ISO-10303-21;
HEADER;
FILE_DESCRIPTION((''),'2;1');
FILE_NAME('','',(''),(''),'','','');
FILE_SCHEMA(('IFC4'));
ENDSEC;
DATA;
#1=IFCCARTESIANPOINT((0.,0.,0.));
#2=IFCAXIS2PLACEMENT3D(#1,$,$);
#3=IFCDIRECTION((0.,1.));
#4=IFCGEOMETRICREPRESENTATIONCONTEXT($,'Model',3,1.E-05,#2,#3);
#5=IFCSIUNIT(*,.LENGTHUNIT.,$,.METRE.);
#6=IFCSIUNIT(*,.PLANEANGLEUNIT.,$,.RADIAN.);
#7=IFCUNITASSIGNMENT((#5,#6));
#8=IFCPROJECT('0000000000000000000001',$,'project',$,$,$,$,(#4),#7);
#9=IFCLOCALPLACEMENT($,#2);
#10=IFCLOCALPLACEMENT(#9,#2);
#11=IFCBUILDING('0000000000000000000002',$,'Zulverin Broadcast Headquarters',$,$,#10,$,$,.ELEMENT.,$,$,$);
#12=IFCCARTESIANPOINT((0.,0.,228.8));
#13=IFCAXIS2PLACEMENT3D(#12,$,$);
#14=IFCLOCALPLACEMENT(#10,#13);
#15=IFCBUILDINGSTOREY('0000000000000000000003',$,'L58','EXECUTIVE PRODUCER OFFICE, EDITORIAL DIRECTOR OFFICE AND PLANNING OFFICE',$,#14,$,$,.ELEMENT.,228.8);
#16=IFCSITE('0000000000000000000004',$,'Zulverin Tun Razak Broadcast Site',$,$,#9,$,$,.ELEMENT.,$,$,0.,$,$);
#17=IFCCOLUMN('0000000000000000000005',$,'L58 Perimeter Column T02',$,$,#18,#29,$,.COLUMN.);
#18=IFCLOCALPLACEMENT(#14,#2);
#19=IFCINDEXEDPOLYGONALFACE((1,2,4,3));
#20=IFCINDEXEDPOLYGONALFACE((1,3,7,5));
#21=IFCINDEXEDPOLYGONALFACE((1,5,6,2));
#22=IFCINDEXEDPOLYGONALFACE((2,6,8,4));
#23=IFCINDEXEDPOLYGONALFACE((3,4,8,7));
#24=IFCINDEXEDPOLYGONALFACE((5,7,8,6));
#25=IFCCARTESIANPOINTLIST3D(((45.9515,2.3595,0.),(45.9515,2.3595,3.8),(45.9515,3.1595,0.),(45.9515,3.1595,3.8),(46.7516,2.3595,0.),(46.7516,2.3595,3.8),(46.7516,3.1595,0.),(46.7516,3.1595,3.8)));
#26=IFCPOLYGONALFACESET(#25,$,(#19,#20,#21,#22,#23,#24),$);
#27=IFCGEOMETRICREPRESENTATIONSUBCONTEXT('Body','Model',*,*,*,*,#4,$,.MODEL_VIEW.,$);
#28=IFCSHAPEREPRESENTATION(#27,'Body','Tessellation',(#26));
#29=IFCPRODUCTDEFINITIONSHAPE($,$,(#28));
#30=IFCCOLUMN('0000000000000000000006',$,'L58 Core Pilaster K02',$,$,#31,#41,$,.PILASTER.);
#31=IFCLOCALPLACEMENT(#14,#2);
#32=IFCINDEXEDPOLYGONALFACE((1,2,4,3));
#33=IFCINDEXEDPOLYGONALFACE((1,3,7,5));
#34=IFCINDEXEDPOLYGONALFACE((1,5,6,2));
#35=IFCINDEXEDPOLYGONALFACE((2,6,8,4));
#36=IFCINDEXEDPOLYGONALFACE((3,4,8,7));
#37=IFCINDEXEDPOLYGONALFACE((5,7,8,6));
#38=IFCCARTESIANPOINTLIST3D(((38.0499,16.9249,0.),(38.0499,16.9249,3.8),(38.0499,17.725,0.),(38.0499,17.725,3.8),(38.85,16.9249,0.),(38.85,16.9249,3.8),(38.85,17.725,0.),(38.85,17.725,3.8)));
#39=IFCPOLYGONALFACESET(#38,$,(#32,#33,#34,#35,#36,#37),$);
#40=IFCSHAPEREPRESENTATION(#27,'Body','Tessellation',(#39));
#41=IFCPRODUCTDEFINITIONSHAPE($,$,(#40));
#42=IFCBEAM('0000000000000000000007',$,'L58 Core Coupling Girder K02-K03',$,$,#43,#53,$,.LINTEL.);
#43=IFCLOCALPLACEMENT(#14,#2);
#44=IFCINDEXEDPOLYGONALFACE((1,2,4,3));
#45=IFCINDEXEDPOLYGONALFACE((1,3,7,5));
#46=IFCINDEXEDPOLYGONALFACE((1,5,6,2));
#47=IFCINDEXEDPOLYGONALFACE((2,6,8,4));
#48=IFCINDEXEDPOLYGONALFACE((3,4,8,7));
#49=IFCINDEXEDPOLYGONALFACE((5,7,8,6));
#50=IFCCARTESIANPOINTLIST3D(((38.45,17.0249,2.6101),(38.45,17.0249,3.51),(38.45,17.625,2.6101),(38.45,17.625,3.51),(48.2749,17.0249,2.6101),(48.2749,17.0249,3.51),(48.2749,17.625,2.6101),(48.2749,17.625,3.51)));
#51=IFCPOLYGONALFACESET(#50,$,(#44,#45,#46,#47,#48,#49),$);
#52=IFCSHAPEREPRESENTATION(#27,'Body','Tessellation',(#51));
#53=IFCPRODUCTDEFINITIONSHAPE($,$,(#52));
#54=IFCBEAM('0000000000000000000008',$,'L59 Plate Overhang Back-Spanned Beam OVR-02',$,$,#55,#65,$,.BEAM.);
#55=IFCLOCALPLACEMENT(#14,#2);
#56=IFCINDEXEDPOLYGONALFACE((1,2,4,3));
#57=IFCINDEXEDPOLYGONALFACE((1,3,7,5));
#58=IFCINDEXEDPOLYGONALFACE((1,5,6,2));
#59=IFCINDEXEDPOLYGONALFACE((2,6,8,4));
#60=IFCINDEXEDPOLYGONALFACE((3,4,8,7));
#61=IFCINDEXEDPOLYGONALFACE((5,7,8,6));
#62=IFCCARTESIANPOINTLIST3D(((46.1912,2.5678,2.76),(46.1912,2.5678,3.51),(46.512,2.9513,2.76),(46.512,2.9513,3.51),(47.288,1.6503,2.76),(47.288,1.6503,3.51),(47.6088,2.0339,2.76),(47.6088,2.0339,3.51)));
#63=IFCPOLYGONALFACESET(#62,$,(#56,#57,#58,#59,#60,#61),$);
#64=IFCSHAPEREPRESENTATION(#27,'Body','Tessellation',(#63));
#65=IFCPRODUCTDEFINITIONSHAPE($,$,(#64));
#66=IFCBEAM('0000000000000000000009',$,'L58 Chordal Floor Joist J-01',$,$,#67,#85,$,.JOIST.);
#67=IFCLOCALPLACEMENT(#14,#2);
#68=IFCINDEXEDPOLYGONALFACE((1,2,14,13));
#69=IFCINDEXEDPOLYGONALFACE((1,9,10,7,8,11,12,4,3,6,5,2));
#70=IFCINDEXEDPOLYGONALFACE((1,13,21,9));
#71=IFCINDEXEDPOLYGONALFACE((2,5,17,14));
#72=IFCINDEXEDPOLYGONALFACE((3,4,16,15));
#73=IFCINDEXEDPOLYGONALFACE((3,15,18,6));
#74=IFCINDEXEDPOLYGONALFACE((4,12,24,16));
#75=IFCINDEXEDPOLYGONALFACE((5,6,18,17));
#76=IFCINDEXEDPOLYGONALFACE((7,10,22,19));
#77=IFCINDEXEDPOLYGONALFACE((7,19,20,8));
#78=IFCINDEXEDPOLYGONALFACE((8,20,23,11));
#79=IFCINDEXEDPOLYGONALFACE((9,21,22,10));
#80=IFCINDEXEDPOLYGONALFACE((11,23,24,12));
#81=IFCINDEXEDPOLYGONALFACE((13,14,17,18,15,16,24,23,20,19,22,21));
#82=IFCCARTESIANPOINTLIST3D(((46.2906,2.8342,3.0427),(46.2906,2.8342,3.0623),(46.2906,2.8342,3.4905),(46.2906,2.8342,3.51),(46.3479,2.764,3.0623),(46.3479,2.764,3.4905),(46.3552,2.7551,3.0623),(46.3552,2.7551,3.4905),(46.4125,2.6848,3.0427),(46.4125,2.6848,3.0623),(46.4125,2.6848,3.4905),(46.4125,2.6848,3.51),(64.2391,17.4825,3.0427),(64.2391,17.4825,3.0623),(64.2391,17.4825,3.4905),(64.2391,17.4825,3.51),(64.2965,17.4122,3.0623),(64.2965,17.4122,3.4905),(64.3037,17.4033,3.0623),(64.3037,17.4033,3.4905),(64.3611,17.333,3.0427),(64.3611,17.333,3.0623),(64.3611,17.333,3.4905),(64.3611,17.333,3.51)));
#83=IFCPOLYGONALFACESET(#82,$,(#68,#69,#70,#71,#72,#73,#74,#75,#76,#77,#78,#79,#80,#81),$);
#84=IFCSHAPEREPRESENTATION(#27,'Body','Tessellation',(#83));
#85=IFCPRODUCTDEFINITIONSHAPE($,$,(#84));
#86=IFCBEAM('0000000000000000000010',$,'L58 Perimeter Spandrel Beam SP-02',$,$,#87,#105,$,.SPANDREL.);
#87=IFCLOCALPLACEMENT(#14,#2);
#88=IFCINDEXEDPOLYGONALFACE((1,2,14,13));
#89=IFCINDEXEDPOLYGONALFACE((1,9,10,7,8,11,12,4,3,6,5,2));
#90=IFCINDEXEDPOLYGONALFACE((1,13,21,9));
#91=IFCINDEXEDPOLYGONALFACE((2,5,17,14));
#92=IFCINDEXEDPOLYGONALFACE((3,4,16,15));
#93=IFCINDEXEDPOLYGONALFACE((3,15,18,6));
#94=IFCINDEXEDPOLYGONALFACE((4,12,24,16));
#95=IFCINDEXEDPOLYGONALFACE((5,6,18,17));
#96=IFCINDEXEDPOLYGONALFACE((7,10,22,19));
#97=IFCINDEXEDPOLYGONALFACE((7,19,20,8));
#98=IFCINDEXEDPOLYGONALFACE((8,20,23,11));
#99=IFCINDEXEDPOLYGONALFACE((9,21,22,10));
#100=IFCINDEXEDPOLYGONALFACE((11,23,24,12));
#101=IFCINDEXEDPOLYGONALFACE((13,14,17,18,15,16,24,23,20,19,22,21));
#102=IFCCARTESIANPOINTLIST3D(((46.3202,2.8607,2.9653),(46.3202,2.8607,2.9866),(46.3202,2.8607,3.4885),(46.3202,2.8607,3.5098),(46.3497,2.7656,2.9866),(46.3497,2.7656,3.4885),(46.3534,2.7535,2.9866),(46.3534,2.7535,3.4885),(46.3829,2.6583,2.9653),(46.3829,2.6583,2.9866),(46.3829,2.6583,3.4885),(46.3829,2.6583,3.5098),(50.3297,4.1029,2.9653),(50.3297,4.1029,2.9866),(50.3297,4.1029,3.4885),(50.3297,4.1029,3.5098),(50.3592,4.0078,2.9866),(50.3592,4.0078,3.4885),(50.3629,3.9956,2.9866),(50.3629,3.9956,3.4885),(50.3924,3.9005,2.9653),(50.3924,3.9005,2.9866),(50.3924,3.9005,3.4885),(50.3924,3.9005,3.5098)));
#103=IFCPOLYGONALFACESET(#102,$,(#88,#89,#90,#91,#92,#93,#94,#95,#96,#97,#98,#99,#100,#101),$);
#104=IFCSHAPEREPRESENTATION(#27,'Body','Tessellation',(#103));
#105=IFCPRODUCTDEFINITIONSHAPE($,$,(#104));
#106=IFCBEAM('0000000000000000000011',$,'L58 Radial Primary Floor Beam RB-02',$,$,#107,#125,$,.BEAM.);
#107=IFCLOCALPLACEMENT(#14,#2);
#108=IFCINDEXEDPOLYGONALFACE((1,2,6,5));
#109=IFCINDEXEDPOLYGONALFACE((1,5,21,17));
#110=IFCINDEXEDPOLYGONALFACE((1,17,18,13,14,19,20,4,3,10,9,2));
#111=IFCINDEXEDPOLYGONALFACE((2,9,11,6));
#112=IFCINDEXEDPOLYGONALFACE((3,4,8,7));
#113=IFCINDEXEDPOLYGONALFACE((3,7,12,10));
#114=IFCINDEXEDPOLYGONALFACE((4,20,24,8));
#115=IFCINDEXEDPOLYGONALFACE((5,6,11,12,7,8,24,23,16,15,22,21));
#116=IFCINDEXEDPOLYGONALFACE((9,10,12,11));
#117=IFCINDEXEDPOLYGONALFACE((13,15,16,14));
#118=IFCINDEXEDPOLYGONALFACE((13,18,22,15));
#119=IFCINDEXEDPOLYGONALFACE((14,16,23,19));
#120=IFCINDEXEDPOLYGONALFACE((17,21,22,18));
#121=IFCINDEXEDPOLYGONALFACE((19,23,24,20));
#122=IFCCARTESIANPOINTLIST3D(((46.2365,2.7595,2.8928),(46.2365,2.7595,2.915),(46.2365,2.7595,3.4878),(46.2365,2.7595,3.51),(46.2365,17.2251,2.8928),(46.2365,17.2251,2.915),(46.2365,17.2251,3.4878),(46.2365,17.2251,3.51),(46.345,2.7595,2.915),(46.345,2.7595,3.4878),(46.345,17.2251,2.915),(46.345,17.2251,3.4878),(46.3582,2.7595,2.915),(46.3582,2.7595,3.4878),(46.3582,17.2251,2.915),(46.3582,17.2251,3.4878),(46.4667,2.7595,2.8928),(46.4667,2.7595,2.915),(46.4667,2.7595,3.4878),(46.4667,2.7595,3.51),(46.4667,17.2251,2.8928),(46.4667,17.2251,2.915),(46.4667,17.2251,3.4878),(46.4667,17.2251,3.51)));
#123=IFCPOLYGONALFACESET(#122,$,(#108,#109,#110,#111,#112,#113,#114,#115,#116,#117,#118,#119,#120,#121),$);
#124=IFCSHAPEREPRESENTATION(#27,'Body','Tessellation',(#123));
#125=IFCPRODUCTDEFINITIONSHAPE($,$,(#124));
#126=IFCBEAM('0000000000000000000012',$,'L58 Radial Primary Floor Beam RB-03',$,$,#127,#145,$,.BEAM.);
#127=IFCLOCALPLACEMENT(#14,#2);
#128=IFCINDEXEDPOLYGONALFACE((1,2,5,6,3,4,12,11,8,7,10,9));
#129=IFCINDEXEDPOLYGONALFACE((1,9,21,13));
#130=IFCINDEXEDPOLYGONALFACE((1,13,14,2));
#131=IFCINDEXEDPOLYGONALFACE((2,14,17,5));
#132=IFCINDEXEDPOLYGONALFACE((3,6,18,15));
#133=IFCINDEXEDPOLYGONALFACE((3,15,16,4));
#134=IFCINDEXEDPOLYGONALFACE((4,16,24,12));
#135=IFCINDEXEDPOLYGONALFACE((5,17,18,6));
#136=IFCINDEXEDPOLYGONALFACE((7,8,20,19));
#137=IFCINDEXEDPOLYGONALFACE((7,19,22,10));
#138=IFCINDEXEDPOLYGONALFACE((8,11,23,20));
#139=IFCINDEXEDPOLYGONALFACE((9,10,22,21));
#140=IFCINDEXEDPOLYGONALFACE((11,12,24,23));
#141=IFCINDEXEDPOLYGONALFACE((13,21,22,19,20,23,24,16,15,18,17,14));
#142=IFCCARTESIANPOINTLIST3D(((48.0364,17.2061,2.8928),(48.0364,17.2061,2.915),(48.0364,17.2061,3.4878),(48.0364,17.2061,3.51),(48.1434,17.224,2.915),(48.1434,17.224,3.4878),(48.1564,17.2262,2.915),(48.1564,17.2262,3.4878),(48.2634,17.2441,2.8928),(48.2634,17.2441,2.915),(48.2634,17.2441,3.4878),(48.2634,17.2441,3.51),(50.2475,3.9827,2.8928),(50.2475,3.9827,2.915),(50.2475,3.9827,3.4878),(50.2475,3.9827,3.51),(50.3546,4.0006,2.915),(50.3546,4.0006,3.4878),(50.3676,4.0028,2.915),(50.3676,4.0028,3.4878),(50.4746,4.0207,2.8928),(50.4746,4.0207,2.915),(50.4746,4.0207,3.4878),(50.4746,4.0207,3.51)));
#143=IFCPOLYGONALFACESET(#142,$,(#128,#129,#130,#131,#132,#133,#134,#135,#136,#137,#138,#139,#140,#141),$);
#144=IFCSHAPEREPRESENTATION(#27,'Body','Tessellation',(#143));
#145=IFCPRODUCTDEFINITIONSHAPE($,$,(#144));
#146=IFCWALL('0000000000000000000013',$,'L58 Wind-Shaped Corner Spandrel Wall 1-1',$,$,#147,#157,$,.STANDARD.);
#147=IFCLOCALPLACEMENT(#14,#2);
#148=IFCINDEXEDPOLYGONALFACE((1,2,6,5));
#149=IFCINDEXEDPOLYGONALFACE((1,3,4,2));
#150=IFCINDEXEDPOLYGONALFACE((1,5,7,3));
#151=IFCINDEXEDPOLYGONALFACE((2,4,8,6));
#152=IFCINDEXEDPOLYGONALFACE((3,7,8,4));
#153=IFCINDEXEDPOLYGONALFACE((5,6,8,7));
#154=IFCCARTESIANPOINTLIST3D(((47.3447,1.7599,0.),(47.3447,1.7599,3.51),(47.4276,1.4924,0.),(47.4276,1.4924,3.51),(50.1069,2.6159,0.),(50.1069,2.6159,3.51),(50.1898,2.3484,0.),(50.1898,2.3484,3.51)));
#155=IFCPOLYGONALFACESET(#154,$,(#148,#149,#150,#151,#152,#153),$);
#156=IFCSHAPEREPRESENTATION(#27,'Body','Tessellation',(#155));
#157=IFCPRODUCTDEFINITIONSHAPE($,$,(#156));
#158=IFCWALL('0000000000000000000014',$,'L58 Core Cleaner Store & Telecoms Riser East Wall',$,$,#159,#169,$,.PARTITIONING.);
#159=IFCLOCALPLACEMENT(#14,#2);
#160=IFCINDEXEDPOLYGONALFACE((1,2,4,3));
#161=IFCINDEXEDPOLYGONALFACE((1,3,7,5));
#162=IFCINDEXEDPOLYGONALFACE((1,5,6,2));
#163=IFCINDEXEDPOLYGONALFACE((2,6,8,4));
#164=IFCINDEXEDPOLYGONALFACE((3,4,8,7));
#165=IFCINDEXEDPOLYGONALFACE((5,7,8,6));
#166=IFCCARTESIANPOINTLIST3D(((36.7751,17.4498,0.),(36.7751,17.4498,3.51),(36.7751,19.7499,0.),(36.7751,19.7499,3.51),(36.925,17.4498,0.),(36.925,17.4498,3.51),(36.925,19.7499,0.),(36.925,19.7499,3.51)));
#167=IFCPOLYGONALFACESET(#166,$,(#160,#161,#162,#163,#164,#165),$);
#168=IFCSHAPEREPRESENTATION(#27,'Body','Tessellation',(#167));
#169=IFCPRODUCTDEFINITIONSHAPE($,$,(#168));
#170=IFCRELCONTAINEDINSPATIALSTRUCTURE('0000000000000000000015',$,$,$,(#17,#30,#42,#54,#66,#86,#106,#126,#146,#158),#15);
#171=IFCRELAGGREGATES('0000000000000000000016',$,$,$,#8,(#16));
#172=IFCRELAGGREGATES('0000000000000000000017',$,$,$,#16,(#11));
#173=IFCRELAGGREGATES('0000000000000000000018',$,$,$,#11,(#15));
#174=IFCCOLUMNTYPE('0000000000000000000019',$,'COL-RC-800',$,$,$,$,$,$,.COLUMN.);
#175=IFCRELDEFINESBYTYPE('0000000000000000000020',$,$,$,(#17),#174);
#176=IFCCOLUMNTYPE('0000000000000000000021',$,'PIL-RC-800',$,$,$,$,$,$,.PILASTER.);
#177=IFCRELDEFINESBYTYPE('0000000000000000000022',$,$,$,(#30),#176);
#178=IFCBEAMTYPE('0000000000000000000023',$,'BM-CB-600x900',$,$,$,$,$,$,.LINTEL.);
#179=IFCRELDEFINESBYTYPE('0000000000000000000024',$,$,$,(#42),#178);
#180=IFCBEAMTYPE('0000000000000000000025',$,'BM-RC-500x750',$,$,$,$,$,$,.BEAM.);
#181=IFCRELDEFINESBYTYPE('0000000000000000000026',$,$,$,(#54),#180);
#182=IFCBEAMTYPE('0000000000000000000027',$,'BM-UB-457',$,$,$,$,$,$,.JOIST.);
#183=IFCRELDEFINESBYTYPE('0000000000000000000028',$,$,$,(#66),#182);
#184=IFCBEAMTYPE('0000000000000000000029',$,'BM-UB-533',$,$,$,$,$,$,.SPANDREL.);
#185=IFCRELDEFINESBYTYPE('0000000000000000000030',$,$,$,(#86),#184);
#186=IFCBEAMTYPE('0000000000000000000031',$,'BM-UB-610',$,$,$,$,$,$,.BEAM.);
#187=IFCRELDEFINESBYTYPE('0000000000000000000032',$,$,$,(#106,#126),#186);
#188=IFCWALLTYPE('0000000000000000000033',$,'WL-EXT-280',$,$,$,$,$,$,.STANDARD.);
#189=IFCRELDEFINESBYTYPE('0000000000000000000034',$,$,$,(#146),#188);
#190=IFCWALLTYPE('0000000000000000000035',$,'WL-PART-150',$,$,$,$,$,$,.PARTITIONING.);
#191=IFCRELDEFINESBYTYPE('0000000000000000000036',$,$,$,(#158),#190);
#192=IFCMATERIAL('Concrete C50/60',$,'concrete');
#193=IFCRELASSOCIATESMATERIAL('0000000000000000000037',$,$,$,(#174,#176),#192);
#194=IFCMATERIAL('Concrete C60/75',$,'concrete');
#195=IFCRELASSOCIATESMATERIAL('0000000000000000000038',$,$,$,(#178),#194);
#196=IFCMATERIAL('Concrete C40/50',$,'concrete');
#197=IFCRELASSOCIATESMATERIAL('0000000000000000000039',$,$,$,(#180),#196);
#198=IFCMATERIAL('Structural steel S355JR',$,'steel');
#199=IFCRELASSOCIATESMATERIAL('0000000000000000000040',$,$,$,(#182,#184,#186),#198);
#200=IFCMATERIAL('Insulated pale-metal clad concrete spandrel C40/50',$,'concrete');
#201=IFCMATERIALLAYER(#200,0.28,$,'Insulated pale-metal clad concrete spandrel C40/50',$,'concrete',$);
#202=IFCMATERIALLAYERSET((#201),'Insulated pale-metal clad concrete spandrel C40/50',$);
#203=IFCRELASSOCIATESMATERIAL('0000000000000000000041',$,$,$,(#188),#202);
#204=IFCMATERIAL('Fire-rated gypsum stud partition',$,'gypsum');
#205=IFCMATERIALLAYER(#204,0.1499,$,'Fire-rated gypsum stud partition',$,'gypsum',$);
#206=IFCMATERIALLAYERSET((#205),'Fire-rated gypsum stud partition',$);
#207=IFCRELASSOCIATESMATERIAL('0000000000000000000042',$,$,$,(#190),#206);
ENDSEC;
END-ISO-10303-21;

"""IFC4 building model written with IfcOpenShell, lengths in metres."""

from ifc_helpers import new_model, si_unit, direction, frame, frame_2d, origin, origin_2d, place, context, subcontext, project, spatial, rectangle, i_section, extrude, material, layer, layer_set, material_profile, profile_set, type_object, element, save


model = new_model("IFC4")

# Units and contexts
model_context = context("Model", 3, precision=1e-05, world=origin(), true_north=direction((0.0, 1.0)))
body_context = subcontext(model_context, "Body", "Model", "MODEL_VIEW")
ifc_project = project(units=[si_unit("LENGTHUNIT", "METRE"), si_unit("PLANEANGLEUNIT", "RADIAN")], contexts=[model_context])

# Site, building, storey
site_placement = place(None, origin())
site = spatial("IfcSite", under=ifc_project, at=site_placement, Name="Zulverin Tun Razak Broadcast Site", CompositionType="ELEMENT", RefElevation=0.0)
building_placement = place(site_placement, origin())
building = spatial("IfcBuilding", under=site, at=building_placement, Name="Zulverin Broadcast Headquarters", CompositionType="ELEMENT")
storey_placement = place(building_placement, frame((0.0, 0.0, 228.8)))
storey = spatial("IfcBuildingStorey", under=building, at=storey_placement, Name="L58", Description="EXECUTIVE PRODUCER OFFICE, EDITORIAL DIRECTOR OFFICE AND PLANNING OFFICE", CompositionType="ELEMENT", Elevation=228.8)

# Columns
ifc_material_1 = material(Name="Concrete C50/60", Category="concrete")
ifc_material_profile_1 = material_profile(ifc_material_1, rectangle(XDim=0.8, YDim=0.8, at=origin_2d()), Name="Concrete C50/60", Category="concrete")
ifc_profile_set_1 = profile_set([ifc_material_profile_1], Name="Concrete C50/60")
column_type_1 = type_object("IfcColumnType", Name="COL-RC-800", PredefinedType="COLUMN", material=ifc_profile_set_1)
column_1_placement = place(storey_placement, frame((46.3516, 2.7595, 0.0), z_axis=(0.0, 0.0, 1.0), x_axis=(1.0, 0.0, 0.0)))
element("IfcColumn", 1, at=column_1_placement, inside=storey, type_object=column_type_1, Name="L58 Perimeter Column T02", PredefinedType="COLUMN", context=body_context, shape_type="SweptSolid", body=[
    extrude(rectangle(XDim=0.8, YDim=0.8, at=origin_2d()), origin(), (0.0, 0.0, 1.0), 3.8),
])
ifc_material_profile_2 = material_profile(ifc_material_1, rectangle(XDim=0.8, YDim=0.8, at=origin_2d()), Name="Concrete C50/60", Category="concrete")
ifc_profile_set_2 = profile_set([ifc_material_profile_2], Name="Concrete C50/60")
column_type_2 = type_object("IfcColumnType", Name="PIL-RC-800", PredefinedType="PILASTER", material=ifc_profile_set_2)
column_2_placement = place(storey_placement, frame((38.45, 17.325, 0.0), z_axis=(0.0, 0.0, 1.0), x_axis=(1.0, 0.0, 0.0)))
element("IfcColumn", 2, at=column_2_placement, inside=storey, type_object=column_type_2, Name="L58 Core Pilaster K02", PredefinedType="PILASTER", context=body_context, shape_type="SweptSolid", body=[
    extrude(rectangle(XDim=0.8, YDim=0.8, at=origin_2d()), origin(), (0.0, 0.0, 1.0), 3.8),
])

# Beams
ifc_material_2 = material(Name="Concrete C60/75", Category="concrete")
ifc_material_profile_3 = material_profile(ifc_material_2, rectangle(XDim=0.6001, YDim=0.8999, at=origin_2d()), Name="Concrete C60/75", Category="concrete")
ifc_profile_set_3 = profile_set([ifc_material_profile_3], Name="Concrete C60/75")
beam_type_1 = type_object("IfcBeamType", Name="BM-CB-600x900", PredefinedType="LINTEL", material=ifc_profile_set_3)
beam_1_placement = place(storey_placement, frame((38.45, 17.325, 3.0601), z_axis=(1.0, 0.0, 0.0), x_axis=(0.0, 1.0, 0.0)))
element("IfcBeam", 3, at=beam_1_placement, inside=storey, type_object=beam_type_1, Name="L58 Core Coupling Girder K02-K03", PredefinedType="LINTEL", context=body_context, shape_type="SweptSolid", body=[
    extrude(rectangle(XDim=0.6001, YDim=0.8999, at=origin_2d()), origin(), (0.0, 0.0, 1.0), 9.825),
])
ifc_material_3 = material(Name="Concrete C40/50", Category="concrete")
ifc_material_profile_4 = material_profile(ifc_material_3, rectangle(XDim=0.5, YDim=0.75, at=origin_2d()), Name="Concrete C40/50", Category="concrete")
ifc_profile_set_4 = profile_set([ifc_material_profile_4], Name="Concrete C40/50")
beam_type_2 = type_object("IfcBeamType", Name="BM-RC-500x750", PredefinedType="BEAM", material=ifc_profile_set_4)
beam_2_placement = place(storey_placement, frame((46.3516, 2.7595, 3.135), z_axis=(0.767059, -0.641577, 0.0), x_axis=(0.641577, 0.767059, 0.0)))
element("IfcBeam", 4, at=beam_2_placement, inside=storey, type_object=beam_type_2, Name="L59 Plate Overhang Back-Spanned Beam OVR-02", PredefinedType="BEAM", context=body_context, shape_type="SweptSolid", body=[
    extrude(rectangle(XDim=0.5, YDim=0.75, at=origin_2d()), origin(), (0.0, 0.0, 1.0), 1.4299),
])
ifc_material_4 = material(Name="Structural steel S355JR", Category="steel")
ifc_material_profile_5 = material_profile(ifc_material_4, i_section(OverallWidth=0.1929, OverallDepth=0.4673, WebThickness=0.0115, FlangeThickness=0.0195, at=origin_2d()), Name="Structural steel S355JR", Category="steel")
ifc_profile_set_5 = profile_set([ifc_material_profile_5], Name="Structural steel S355JR")
beam_type_3 = type_object("IfcBeamType", Name="BM-UB-457", PredefinedType="JOIST", material=ifc_profile_set_5)
beam_3_placement = place(storey_placement, frame((46.3516, 2.7595, 3.2764), z_axis=(0.774738, 0.632282, 0.0), x_axis=(-0.632282, 0.774738, 0.0)))
element("IfcBeam", 5, at=beam_3_placement, inside=storey, type_object=beam_type_3, Name="L58 Chordal Floor Joist J-01", PredefinedType="JOIST", context=body_context, shape_type="SweptSolid", body=[
    extrude(i_section(OverallWidth=0.1929, OverallDepth=0.4673, WebThickness=0.0115, FlangeThickness=0.0195, at=origin_2d()), origin(), (0.0, 0.0, 1.0), 23.1672),
])
ifc_material_profile_6 = material_profile(ifc_material_4, i_section(OverallWidth=0.2119, OverallDepth=0.5444, WebThickness=0.0127, FlangeThickness=0.0212, at=origin_2d()), Name="Structural steel S355JR", Category="steel")
ifc_profile_set_6 = profile_set([ifc_material_profile_6], Name="Structural steel S355JR")
beam_type_4 = type_object("IfcBeamType", Name="BM-UB-533", PredefinedType="SPANDREL", material=ifc_profile_set_6)
beam_4_placement = place(storey_placement, frame((46.3516, 2.7595, 3.2375), z_axis=(0.955209, 0.295933, 0.0), x_axis=(-0.295933, 0.955209, 0.0)))
element("IfcBeam", 6, at=beam_4_placement, inside=storey, type_object=beam_type_4, Name="L58 Perimeter Spandrel Beam SP-02", PredefinedType="SPANDREL", context=body_context, shape_type="SweptSolid", body=[
    extrude(i_section(OverallWidth=0.2119, OverallDepth=0.5444, WebThickness=0.0127, FlangeThickness=0.0212, at=origin_2d()), origin(), (0.0, 0.0, 1.0), 4.1975),
])
ifc_material_profile_7 = material_profile(ifc_material_4, i_section(OverallWidth=0.2302, OverallDepth=0.6172, WebThickness=0.0132, FlangeThickness=0.0222, at=origin_2d()), Name="Structural steel S355JR", Category="steel")
ifc_profile_set_7 = profile_set([ifc_material_profile_7], Name="Structural steel S355JR")
beam_type_5 = type_object("IfcBeamType", Name="BM-UB-610", PredefinedType="BEAM", material=ifc_profile_set_7)
beam_5_placement = place(storey_placement, frame((46.3516, 17.2251, 3.2014), z_axis=(0.0, -1.0, 0.0), x_axis=(1.0, 0.0, 0.0)))
element("IfcBeam", 7, at=beam_5_placement, inside=storey, type_object=beam_type_5, Name="L58 Radial Primary Floor Beam RB-02", PredefinedType="BEAM", context=body_context, shape_type="SweptSolid", body=[
    extrude(i_section(OverallWidth=0.2302, OverallDepth=0.6172, WebThickness=0.0132, FlangeThickness=0.0222, at=origin_2d()), origin(), (0.0, 0.0, 1.0), 14.4656),
])
beam_6_placement = place(storey_placement, frame((48.1499, 17.2251, 3.2014), z_axis=(0.164928, -0.986306, 0.0), x_axis=(0.986306, 0.164928, 0.0)))
element("IfcBeam", 8, at=beam_6_placement, inside=storey, type_object=beam_type_5, Name="L58 Radial Primary Floor Beam RB-03", PredefinedType="BEAM", context=body_context, shape_type="SweptSolid", body=[
    extrude(i_section(OverallWidth=0.2302, OverallDepth=0.6172, WebThickness=0.0132, FlangeThickness=0.0222, at=origin_2d()), origin(), (0.0, 0.0, 1.0), 13.407),
])

# Walls
ifc_material_5 = material(Name="Insulated pale-metal clad concrete spandrel C40/50", Category="concrete")
ifc_layer_1 = layer(ifc_material_5, 0.28, Name="Insulated pale-metal clad concrete spandrel C40/50", Category="concrete")
ifc_layer_set_1 = layer_set([ifc_layer_1], Name="Insulated pale-metal clad concrete spandrel C40/50")
wall_type_1 = type_object("IfcWallType", Name="WL-EXT-280", PredefinedType="STANDARD", material=ifc_layer_set_1)
wall_1_placement = place(storey_placement, frame((47.3862, 1.6262, 0.0), z_axis=(0.0, 0.0, 1.0), x_axis=(0.955189, 0.295996, 0.0)))
element("IfcWall", 9, at=wall_1_placement, inside=storey, type_object=wall_type_1, Name="L58 Wind-Shaped Corner Spandrel Wall 1-1", PredefinedType="STANDARD", context=body_context, shape_type="SweptSolid", body=[
    extrude(rectangle(XDim=2.8918, YDim=0.28, at=frame_2d((1.4458, 0.0))), origin(), (0.0, 0.0, 1.0), 3.51),
])
ifc_material_6 = material(Name="Fire-rated gypsum stud partition", Category="gypsum")
ifc_layer_2 = layer(ifc_material_6, 0.1499, Name="Fire-rated gypsum stud partition", Category="gypsum")
ifc_layer_set_2 = layer_set([ifc_layer_2], Name="Fire-rated gypsum stud partition")
wall_type_2 = type_object("IfcWallType", Name="WL-PART-150", PredefinedType="PARTITIONING", material=ifc_layer_set_2)
wall_2_placement = place(storey_placement, frame((36.8501, 17.45, 0.0), z_axis=(0.0, 0.0, 1.0), x_axis=(0.0, 1.0, 0.0)))
element("IfcWall", 10, at=wall_2_placement, inside=storey, type_object=wall_type_2, Name="L58 Core Cleaner Store & Telecoms Riser East Wall", PredefinedType="PARTITIONING", context=body_context, shape_type="SweptSolid", body=[
    extrude(rectangle(XDim=2.3, YDim=0.1499, at=frame_2d((1.1499, 0.0))), origin(), (0.0, 0.0, 1.0), 3.51),
])

save(model, "model.ifc")
